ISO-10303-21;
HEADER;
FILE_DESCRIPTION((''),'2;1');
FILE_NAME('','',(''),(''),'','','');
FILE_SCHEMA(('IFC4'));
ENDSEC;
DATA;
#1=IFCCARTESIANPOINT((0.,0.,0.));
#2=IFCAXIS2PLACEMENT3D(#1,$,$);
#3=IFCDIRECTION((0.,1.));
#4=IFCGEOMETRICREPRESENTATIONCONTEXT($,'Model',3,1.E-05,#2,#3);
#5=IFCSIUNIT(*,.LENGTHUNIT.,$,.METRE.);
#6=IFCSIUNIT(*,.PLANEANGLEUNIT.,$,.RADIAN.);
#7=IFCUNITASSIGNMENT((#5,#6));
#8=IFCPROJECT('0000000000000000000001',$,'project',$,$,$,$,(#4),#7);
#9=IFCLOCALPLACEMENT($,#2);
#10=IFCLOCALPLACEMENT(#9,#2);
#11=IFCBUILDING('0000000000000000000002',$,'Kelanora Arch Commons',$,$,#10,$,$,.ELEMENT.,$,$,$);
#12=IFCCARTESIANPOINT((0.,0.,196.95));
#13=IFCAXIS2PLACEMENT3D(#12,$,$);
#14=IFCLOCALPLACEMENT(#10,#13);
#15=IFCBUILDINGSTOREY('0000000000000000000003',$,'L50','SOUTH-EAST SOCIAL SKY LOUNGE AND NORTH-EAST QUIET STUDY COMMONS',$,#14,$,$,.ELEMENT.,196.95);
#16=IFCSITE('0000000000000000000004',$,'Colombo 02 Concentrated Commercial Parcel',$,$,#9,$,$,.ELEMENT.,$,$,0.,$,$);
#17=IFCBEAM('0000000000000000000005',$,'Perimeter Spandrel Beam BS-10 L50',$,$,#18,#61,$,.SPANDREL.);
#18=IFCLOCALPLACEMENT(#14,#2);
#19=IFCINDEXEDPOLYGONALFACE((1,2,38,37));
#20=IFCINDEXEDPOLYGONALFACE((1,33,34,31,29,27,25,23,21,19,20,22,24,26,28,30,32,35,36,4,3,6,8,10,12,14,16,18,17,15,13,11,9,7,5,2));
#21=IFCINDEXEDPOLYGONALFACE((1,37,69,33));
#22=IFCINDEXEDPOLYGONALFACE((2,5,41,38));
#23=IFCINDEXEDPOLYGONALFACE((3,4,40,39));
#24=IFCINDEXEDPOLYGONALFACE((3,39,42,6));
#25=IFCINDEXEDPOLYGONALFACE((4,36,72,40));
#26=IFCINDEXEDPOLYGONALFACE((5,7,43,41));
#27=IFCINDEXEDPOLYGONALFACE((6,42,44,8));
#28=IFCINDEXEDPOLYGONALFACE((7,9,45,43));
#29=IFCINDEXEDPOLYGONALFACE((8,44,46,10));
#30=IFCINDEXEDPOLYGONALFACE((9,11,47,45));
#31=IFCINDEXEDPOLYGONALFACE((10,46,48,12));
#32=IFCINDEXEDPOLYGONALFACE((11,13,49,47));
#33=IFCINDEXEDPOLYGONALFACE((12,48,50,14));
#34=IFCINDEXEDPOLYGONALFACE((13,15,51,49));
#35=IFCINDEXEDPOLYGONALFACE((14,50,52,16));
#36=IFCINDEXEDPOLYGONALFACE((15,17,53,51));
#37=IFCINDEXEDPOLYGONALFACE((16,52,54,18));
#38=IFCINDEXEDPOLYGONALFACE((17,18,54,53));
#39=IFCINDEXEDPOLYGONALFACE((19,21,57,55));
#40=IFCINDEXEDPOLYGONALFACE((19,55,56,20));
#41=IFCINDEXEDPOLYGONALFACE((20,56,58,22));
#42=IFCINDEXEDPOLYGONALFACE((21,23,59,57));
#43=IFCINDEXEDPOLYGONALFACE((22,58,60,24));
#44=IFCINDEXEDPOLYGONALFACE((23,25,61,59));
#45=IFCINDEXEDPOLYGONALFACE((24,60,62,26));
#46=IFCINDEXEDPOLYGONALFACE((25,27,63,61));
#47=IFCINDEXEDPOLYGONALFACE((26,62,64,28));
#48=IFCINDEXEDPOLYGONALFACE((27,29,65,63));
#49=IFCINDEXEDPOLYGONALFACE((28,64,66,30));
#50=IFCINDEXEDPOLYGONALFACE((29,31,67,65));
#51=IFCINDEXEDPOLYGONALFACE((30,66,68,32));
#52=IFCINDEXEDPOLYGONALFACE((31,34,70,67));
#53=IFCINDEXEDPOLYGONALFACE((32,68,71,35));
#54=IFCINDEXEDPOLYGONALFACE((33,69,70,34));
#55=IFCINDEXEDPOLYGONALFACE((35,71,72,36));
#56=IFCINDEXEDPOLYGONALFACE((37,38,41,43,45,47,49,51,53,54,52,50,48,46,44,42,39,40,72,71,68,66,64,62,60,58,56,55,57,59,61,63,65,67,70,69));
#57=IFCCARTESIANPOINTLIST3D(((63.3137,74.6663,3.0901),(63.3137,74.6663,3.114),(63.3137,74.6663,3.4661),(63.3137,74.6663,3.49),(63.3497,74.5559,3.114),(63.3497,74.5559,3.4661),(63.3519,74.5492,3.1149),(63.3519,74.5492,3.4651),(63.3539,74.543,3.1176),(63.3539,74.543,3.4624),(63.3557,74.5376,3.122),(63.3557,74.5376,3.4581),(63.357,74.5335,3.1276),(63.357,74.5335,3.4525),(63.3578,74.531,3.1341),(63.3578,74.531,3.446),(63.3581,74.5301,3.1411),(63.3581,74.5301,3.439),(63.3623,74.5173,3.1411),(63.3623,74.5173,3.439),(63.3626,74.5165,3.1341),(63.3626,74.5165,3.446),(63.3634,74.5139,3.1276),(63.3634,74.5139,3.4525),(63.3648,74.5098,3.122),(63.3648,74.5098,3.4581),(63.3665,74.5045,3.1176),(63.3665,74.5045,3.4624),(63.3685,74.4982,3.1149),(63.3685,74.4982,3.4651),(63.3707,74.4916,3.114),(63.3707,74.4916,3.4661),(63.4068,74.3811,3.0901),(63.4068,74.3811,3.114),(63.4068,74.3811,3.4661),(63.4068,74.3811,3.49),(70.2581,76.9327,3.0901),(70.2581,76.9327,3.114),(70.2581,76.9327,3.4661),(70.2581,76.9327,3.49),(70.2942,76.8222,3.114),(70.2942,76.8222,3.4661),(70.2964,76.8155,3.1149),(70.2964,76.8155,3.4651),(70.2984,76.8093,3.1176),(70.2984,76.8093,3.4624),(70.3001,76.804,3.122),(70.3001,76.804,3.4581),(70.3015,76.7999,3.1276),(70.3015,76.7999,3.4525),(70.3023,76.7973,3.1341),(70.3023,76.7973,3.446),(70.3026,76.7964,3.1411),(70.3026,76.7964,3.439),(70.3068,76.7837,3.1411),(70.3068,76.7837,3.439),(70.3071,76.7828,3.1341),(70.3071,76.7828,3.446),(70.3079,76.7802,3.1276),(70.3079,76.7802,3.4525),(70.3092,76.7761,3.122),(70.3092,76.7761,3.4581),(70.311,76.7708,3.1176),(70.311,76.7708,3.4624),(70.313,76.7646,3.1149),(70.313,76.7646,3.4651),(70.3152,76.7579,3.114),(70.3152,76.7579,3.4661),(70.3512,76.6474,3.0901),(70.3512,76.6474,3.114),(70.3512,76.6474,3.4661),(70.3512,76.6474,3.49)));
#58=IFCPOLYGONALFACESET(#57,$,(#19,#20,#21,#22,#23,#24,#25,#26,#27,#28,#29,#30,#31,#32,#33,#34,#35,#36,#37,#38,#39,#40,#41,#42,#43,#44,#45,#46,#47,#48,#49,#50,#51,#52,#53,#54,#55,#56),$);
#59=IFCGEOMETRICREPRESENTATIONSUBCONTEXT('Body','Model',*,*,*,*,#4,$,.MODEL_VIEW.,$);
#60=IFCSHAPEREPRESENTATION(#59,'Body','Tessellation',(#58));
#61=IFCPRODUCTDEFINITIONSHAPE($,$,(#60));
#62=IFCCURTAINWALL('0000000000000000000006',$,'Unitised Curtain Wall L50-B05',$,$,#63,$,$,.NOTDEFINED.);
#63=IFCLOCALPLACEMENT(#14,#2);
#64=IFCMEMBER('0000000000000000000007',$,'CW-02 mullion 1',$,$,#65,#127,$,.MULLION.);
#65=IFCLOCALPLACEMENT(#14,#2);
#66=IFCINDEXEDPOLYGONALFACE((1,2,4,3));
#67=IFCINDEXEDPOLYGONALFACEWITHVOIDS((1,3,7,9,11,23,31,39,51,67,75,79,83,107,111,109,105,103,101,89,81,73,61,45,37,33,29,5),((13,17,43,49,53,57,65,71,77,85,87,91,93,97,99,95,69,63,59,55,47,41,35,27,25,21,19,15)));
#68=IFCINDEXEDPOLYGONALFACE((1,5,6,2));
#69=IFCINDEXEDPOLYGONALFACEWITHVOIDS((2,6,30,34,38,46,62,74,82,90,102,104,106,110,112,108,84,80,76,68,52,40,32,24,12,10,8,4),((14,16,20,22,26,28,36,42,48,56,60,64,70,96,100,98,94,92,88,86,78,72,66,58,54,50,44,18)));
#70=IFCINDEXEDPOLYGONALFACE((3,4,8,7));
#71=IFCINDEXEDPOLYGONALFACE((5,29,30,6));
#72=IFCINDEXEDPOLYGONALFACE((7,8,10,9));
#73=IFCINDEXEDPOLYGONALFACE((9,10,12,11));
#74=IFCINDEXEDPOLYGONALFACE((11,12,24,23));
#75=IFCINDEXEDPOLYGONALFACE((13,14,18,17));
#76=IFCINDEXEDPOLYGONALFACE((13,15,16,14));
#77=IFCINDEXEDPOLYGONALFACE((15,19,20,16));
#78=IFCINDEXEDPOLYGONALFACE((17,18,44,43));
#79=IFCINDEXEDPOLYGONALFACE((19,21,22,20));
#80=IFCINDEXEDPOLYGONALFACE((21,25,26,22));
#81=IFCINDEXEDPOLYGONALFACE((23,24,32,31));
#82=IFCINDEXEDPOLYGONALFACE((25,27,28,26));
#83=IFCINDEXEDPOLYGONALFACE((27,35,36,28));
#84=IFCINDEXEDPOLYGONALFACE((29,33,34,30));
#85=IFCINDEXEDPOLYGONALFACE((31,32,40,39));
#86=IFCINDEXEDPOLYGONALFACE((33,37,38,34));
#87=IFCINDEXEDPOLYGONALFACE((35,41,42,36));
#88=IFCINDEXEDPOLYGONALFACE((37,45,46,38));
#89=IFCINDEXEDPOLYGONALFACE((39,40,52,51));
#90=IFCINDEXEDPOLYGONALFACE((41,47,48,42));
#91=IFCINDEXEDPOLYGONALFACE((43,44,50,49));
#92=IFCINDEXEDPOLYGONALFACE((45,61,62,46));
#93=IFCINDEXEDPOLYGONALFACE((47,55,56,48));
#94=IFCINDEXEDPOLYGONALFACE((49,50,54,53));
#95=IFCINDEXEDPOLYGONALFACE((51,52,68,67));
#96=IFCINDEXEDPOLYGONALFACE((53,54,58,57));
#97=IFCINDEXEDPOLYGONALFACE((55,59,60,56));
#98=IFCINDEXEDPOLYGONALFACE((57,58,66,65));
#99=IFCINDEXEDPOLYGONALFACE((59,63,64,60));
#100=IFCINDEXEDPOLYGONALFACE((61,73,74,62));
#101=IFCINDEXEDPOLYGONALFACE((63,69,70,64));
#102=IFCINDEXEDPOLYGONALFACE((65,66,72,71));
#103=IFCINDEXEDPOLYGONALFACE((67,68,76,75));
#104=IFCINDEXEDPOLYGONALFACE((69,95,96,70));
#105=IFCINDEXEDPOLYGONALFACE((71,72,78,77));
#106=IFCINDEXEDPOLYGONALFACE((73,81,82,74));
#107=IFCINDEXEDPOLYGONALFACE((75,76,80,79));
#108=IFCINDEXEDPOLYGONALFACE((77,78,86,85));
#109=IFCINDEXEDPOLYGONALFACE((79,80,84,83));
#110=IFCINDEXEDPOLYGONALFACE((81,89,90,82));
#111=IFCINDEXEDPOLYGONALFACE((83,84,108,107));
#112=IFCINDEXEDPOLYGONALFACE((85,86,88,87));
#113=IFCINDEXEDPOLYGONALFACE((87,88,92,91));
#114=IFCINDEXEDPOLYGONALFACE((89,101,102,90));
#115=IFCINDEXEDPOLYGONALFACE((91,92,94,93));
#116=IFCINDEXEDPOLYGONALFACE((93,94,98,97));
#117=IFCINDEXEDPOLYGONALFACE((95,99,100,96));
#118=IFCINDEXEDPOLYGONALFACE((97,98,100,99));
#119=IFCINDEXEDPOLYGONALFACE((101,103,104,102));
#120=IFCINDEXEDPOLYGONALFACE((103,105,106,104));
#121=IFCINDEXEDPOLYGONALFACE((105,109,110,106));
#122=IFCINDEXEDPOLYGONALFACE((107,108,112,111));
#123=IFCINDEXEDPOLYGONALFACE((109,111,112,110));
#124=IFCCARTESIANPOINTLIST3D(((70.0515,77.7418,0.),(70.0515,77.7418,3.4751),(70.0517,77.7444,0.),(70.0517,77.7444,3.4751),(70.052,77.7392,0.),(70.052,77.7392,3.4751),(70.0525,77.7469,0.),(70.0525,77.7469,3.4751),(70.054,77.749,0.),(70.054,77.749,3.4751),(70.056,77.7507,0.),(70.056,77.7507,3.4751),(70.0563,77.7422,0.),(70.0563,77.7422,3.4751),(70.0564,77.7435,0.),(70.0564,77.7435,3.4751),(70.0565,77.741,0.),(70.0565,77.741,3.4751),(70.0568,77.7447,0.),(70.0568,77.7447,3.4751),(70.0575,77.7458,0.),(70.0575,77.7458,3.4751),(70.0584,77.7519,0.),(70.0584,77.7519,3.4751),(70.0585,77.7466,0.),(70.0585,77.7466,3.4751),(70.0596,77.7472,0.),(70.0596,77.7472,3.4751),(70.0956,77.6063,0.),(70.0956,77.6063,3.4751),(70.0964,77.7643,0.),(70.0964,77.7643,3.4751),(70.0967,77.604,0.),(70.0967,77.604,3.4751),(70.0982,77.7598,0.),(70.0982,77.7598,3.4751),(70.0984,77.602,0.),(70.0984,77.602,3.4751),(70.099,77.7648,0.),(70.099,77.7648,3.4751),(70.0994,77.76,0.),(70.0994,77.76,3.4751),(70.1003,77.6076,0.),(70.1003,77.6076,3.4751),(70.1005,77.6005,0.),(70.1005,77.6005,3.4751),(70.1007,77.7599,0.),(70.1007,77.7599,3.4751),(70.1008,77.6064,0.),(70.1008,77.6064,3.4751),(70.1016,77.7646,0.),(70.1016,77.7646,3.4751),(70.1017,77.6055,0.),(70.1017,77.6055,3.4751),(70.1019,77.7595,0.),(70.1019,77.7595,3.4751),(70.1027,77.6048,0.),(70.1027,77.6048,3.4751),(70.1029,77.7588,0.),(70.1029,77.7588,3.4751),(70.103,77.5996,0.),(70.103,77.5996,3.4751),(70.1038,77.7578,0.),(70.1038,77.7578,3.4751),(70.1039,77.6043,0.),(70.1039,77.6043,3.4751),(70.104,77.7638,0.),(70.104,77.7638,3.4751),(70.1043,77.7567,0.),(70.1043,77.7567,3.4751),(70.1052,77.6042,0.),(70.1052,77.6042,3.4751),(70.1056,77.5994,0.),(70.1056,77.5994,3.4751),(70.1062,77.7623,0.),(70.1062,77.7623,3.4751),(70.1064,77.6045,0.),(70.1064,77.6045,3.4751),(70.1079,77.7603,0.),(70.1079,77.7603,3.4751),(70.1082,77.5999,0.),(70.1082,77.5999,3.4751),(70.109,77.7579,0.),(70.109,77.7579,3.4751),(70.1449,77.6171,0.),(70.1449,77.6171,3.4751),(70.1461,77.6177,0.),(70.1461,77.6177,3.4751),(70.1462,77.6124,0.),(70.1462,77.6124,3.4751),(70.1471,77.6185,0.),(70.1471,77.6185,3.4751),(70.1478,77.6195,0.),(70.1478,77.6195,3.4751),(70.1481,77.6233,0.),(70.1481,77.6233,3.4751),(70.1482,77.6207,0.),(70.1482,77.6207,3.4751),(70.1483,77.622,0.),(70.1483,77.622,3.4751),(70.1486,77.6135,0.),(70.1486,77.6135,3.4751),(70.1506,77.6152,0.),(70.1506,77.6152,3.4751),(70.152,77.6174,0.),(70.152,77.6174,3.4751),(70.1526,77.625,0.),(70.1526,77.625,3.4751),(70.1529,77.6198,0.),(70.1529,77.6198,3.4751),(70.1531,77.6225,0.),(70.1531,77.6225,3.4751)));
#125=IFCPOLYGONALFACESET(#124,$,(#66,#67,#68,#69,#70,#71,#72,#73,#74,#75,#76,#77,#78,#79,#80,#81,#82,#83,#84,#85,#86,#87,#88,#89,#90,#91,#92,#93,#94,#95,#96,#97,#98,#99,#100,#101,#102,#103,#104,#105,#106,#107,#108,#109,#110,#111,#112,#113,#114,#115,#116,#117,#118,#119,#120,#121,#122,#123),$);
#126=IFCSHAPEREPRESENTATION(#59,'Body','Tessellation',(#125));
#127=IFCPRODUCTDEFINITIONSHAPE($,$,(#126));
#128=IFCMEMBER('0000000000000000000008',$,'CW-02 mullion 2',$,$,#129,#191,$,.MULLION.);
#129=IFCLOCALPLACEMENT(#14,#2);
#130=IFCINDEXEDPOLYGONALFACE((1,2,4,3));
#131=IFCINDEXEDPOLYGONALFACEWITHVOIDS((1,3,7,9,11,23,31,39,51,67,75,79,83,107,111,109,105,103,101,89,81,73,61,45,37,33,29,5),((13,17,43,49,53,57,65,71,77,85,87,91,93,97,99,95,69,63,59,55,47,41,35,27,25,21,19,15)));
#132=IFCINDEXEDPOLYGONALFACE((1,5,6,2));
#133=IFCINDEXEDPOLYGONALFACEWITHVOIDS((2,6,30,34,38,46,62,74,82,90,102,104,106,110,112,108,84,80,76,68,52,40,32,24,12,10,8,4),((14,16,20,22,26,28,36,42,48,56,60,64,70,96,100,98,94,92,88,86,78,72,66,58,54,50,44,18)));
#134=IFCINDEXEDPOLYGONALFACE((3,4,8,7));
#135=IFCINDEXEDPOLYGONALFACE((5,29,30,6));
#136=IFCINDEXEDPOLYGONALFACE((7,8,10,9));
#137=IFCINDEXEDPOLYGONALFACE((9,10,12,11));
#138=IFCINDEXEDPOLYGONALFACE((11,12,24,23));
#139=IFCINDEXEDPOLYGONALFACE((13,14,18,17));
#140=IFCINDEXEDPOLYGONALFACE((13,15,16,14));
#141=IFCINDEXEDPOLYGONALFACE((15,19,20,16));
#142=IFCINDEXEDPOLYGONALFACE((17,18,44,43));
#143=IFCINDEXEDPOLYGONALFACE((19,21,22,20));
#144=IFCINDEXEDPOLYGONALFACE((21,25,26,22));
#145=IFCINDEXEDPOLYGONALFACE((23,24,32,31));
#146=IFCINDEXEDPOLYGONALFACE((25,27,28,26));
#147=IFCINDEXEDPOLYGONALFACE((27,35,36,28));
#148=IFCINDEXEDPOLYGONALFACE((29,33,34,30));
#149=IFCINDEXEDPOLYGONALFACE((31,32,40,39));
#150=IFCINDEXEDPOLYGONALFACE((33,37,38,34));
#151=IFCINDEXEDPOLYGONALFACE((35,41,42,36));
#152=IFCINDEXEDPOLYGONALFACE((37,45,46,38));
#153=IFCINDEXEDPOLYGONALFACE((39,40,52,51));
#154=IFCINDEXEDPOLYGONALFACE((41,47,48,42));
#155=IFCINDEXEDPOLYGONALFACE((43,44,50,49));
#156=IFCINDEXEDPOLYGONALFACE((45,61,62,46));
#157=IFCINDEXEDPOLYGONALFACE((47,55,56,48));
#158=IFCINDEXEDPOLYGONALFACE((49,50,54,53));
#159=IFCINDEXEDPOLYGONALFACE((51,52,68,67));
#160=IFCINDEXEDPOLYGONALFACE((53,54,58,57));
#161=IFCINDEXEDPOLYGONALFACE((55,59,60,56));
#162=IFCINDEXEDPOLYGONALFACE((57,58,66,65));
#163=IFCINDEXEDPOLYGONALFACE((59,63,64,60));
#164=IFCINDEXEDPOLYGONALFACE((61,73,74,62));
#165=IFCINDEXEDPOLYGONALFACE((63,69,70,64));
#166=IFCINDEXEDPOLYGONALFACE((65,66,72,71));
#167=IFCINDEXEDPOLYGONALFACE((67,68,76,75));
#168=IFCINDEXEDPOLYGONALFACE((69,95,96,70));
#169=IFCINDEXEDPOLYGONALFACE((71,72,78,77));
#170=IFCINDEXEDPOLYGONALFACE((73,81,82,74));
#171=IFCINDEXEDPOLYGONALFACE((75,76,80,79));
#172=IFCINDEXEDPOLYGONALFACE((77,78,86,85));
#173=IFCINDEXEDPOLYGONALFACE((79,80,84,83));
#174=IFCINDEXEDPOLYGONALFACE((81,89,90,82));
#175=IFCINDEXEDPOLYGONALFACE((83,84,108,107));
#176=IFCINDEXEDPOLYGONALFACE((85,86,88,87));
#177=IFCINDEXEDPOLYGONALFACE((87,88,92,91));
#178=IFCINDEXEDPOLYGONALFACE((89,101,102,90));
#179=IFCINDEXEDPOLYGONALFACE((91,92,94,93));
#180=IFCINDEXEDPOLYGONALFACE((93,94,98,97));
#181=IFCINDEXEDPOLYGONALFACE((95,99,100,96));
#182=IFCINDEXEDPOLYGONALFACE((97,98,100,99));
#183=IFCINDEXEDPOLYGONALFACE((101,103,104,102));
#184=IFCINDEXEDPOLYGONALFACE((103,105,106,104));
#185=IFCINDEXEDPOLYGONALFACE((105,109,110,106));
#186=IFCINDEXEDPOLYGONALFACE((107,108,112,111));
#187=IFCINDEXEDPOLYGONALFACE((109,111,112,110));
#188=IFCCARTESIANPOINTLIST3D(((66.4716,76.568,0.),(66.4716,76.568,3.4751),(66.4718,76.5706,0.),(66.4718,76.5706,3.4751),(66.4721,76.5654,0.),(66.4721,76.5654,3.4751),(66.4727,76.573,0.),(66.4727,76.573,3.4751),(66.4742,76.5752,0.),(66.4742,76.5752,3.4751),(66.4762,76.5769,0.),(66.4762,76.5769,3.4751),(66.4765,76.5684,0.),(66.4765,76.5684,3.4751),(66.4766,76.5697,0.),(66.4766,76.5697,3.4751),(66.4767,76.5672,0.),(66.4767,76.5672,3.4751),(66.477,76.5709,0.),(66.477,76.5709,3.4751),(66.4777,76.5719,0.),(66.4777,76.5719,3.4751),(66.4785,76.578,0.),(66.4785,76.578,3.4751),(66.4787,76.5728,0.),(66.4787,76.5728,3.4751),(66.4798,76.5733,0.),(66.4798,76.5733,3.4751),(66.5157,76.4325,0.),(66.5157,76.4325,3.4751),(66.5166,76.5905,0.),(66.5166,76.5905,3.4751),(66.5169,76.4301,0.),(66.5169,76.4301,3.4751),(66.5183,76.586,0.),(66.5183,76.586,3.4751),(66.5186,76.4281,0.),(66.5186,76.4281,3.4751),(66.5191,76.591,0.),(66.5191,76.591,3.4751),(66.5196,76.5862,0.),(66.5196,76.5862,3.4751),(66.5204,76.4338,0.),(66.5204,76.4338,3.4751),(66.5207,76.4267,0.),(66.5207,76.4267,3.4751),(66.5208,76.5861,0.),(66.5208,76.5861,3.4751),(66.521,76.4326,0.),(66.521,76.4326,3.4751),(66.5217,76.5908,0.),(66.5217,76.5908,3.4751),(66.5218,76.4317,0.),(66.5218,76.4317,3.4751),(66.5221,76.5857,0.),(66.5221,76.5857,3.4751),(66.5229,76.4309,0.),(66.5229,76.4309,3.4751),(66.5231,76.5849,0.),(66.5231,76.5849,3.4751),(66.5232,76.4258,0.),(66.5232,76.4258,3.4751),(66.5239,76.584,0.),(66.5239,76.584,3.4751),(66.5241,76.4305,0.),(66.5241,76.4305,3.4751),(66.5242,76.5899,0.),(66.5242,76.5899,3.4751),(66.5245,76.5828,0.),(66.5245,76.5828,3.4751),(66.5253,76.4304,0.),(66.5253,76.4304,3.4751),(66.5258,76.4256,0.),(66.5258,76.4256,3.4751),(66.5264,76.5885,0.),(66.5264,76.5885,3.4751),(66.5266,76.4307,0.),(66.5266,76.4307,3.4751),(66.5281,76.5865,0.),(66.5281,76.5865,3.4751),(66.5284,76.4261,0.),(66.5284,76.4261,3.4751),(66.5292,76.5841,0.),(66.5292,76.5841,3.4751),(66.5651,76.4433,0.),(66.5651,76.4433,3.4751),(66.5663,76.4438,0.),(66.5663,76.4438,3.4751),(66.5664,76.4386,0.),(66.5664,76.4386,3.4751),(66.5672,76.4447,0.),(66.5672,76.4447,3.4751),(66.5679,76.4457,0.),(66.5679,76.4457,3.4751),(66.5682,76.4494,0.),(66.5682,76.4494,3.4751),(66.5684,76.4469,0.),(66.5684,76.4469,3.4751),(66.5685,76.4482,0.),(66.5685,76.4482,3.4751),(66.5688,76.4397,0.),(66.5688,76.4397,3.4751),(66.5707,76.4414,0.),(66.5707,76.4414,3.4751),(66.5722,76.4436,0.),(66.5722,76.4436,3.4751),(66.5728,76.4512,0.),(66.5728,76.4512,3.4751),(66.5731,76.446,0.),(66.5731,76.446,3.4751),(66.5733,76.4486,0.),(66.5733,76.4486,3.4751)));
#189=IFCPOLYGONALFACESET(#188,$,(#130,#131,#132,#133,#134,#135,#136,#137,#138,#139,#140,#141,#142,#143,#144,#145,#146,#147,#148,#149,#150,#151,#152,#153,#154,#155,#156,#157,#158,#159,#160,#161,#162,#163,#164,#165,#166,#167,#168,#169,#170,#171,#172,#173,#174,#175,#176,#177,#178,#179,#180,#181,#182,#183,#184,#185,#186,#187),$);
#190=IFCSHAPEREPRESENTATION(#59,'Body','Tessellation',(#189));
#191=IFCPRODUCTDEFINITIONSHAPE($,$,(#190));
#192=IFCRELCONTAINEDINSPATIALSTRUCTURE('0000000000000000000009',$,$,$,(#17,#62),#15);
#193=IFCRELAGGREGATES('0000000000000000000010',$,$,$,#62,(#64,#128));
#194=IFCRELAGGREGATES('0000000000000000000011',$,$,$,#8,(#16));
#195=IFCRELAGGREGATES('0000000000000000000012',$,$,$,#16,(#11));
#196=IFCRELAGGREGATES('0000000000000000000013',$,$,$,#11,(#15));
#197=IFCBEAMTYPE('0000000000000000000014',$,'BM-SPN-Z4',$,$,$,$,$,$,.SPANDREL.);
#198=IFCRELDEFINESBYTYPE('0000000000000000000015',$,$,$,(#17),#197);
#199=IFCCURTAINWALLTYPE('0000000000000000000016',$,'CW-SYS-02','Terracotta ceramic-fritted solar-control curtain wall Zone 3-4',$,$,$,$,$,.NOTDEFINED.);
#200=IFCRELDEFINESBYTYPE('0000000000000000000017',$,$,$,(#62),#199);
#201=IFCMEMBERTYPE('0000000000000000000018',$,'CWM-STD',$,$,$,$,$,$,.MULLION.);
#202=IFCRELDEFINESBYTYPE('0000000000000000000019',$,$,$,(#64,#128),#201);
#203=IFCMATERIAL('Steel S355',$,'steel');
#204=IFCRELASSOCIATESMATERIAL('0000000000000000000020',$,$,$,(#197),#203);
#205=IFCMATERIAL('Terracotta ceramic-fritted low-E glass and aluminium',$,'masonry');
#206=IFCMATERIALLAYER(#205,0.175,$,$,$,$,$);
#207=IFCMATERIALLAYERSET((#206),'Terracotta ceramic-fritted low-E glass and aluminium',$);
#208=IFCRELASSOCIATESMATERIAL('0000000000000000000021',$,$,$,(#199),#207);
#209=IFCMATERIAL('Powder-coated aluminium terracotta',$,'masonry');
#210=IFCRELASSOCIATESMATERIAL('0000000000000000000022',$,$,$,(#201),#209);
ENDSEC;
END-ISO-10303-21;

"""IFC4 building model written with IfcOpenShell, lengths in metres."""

from ifc_helpers import new_model, si_unit, direction, frame, origin, origin_2d, place, context, subcontext, project, spatial, hollow_rectangle, i_section, extrude, material, layer, layer_set, material_profile, profile_set, type_object, element, aggregate, save


model = new_model("IFC4")

# Units and contexts
model_context = context("Model", 3, precision=1e-05, world=origin(), true_north=direction((0.0, 1.0)))
body_context = subcontext(model_context, "Body", "Model", "MODEL_VIEW")
ifc_project = project(units=[si_unit("LENGTHUNIT", "METRE"), si_unit("PLANEANGLEUNIT", "RADIAN")], contexts=[model_context])

# Site, building, storey
site_placement = place(None, origin())
site = spatial("IfcSite", under=ifc_project, at=site_placement, Name="Colombo 02 Concentrated Commercial Parcel", CompositionType="ELEMENT", RefElevation=0.0)
building_placement = place(site_placement, origin())
building = spatial("IfcBuilding", under=site, at=building_placement, Name="Kelanora Arch Commons", CompositionType="ELEMENT")
storey_placement = place(building_placement, frame((0.0, 0.0, 196.95)))
storey = spatial("IfcBuildingStorey", under=building, at=storey_placement, Name="L50", Description="SOUTH-EAST SOCIAL SKY LOUNGE AND NORTH-EAST QUIET STUDY COMMONS", CompositionType="ELEMENT", Elevation=196.95)

# Beam
ifc_material_1 = material(Name="Steel S355", Category="steel")
ifc_material_profile_1 = material_profile(ifc_material_1, i_section(OverallWidth=0.3, OverallDepth=0.3999, WebThickness=0.0134, FlangeThickness=0.0239, FilletRadius=0.0271, at=origin_2d()), Name="HEB400")
ifc_profile_set_1 = profile_set([ifc_material_profile_1], Name="Steel S355")
beam_type_1 = type_object("IfcBeamType", Name="BM-SPN-Z4", PredefinedType="SPANDREL", material=ifc_profile_set_1)
beam_1_placement = place(storey_placement, frame((70.3047, 76.79, 3.29), z_axis=(-0.950656, -0.310246, 0.0), x_axis=(0.310246, -0.950656, 0.0)))
element("IfcBeam", 1, at=beam_1_placement, inside=storey, type_object=beam_type_1, Name="Perimeter Spandrel Beam BS-10 L50", PredefinedType="SPANDREL", context=body_context, shape_type="SweptSolid", body=[
    extrude(i_section(OverallWidth=0.3, OverallDepth=0.3999, WebThickness=0.0134, FlangeThickness=0.0239, FilletRadius=0.0271, at=origin_2d()), origin(), (0.0, 0.0, 1.0), 7.3049),
])

# Curtain wall, members
ifc_material_2 = material(Name="Terracotta ceramic-fritted low-E glass and aluminium", Category="masonry")
ifc_layer_1 = layer(ifc_material_2, 0.175)
ifc_layer_set_1 = layer_set([ifc_layer_1], Name="Terracotta ceramic-fritted low-E glass and aluminium")
curtain_wall_type = type_object("IfcCurtainWallType", Name="CW-SYS-02", Description="Terracotta ceramic-fritted solar-control curtain wall Zone 3-4", PredefinedType="NOTDEFINED", material=ifc_layer_set_1)
curtain_wall_placement = place(storey_placement, origin())
curtain_wall = element("IfcCurtainWall", 2, at=curtain_wall_placement, inside=storey, type_object=curtain_wall_type, Name="Unitised Curtain Wall L50-B05", PredefinedType="NOTDEFINED")
ifc_material_3 = material(Name="Powder-coated aluminium terracotta", Category="masonry")
ifc_material_profile_2 = material_profile(ifc_material_3, hollow_rectangle(XDim=0.1599, YDim=0.0601, WallThickness=0.0049, InnerFilletRadius=0.0049, OuterFilletRadius=0.01, at=origin_2d()), Name="CWM160x60")
ifc_profile_set_2 = profile_set([ifc_material_profile_2], Name="Powder-coated aluminium terracotta")
member_type_1 = type_object("IfcMemberType", Name="CWM-STD", PredefinedType="MULLION", material=ifc_profile_set_2)
member_1_placement = place(storey_placement, frame((70.1023, 77.6821, 0.0), z_axis=(0.0, 0.0, 1.0), x_axis=(0.311582, -0.950219, 0.0)))
member_1 = element("IfcMember", 3, at=member_1_placement, type_object=member_type_1, Name="CW-02 mullion 1", PredefinedType="MULLION", context=body_context, shape_type="SweptSolid", body=[
    extrude(hollow_rectangle(XDim=0.1599, YDim=0.0601, WallThickness=0.0049, InnerFilletRadius=0.0049, OuterFilletRadius=0.01, at=origin_2d()), origin(), (0.0, 0.0, 1.0), 3.4751),
])
member_2_placement = place(storey_placement, frame((66.5225, 76.5083, 0.0), z_axis=(0.0, 0.0, 1.0), x_axis=(0.311582, -0.950219, 0.0)))
member_2 = element("IfcMember", 4, at=member_2_placement, type_object=member_type_1, Name="CW-02 mullion 2", PredefinedType="MULLION", context=body_context, shape_type="SweptSolid", body=[
    extrude(hollow_rectangle(XDim=0.1599, YDim=0.0601, WallThickness=0.0049, InnerFilletRadius=0.0049, OuterFilletRadius=0.01, at=origin_2d()), origin(), (0.0, 0.0, 1.0), 3.4751),
])
aggregate(curtain_wall, [member_1, member_2])

save(model, "model.ifc")
